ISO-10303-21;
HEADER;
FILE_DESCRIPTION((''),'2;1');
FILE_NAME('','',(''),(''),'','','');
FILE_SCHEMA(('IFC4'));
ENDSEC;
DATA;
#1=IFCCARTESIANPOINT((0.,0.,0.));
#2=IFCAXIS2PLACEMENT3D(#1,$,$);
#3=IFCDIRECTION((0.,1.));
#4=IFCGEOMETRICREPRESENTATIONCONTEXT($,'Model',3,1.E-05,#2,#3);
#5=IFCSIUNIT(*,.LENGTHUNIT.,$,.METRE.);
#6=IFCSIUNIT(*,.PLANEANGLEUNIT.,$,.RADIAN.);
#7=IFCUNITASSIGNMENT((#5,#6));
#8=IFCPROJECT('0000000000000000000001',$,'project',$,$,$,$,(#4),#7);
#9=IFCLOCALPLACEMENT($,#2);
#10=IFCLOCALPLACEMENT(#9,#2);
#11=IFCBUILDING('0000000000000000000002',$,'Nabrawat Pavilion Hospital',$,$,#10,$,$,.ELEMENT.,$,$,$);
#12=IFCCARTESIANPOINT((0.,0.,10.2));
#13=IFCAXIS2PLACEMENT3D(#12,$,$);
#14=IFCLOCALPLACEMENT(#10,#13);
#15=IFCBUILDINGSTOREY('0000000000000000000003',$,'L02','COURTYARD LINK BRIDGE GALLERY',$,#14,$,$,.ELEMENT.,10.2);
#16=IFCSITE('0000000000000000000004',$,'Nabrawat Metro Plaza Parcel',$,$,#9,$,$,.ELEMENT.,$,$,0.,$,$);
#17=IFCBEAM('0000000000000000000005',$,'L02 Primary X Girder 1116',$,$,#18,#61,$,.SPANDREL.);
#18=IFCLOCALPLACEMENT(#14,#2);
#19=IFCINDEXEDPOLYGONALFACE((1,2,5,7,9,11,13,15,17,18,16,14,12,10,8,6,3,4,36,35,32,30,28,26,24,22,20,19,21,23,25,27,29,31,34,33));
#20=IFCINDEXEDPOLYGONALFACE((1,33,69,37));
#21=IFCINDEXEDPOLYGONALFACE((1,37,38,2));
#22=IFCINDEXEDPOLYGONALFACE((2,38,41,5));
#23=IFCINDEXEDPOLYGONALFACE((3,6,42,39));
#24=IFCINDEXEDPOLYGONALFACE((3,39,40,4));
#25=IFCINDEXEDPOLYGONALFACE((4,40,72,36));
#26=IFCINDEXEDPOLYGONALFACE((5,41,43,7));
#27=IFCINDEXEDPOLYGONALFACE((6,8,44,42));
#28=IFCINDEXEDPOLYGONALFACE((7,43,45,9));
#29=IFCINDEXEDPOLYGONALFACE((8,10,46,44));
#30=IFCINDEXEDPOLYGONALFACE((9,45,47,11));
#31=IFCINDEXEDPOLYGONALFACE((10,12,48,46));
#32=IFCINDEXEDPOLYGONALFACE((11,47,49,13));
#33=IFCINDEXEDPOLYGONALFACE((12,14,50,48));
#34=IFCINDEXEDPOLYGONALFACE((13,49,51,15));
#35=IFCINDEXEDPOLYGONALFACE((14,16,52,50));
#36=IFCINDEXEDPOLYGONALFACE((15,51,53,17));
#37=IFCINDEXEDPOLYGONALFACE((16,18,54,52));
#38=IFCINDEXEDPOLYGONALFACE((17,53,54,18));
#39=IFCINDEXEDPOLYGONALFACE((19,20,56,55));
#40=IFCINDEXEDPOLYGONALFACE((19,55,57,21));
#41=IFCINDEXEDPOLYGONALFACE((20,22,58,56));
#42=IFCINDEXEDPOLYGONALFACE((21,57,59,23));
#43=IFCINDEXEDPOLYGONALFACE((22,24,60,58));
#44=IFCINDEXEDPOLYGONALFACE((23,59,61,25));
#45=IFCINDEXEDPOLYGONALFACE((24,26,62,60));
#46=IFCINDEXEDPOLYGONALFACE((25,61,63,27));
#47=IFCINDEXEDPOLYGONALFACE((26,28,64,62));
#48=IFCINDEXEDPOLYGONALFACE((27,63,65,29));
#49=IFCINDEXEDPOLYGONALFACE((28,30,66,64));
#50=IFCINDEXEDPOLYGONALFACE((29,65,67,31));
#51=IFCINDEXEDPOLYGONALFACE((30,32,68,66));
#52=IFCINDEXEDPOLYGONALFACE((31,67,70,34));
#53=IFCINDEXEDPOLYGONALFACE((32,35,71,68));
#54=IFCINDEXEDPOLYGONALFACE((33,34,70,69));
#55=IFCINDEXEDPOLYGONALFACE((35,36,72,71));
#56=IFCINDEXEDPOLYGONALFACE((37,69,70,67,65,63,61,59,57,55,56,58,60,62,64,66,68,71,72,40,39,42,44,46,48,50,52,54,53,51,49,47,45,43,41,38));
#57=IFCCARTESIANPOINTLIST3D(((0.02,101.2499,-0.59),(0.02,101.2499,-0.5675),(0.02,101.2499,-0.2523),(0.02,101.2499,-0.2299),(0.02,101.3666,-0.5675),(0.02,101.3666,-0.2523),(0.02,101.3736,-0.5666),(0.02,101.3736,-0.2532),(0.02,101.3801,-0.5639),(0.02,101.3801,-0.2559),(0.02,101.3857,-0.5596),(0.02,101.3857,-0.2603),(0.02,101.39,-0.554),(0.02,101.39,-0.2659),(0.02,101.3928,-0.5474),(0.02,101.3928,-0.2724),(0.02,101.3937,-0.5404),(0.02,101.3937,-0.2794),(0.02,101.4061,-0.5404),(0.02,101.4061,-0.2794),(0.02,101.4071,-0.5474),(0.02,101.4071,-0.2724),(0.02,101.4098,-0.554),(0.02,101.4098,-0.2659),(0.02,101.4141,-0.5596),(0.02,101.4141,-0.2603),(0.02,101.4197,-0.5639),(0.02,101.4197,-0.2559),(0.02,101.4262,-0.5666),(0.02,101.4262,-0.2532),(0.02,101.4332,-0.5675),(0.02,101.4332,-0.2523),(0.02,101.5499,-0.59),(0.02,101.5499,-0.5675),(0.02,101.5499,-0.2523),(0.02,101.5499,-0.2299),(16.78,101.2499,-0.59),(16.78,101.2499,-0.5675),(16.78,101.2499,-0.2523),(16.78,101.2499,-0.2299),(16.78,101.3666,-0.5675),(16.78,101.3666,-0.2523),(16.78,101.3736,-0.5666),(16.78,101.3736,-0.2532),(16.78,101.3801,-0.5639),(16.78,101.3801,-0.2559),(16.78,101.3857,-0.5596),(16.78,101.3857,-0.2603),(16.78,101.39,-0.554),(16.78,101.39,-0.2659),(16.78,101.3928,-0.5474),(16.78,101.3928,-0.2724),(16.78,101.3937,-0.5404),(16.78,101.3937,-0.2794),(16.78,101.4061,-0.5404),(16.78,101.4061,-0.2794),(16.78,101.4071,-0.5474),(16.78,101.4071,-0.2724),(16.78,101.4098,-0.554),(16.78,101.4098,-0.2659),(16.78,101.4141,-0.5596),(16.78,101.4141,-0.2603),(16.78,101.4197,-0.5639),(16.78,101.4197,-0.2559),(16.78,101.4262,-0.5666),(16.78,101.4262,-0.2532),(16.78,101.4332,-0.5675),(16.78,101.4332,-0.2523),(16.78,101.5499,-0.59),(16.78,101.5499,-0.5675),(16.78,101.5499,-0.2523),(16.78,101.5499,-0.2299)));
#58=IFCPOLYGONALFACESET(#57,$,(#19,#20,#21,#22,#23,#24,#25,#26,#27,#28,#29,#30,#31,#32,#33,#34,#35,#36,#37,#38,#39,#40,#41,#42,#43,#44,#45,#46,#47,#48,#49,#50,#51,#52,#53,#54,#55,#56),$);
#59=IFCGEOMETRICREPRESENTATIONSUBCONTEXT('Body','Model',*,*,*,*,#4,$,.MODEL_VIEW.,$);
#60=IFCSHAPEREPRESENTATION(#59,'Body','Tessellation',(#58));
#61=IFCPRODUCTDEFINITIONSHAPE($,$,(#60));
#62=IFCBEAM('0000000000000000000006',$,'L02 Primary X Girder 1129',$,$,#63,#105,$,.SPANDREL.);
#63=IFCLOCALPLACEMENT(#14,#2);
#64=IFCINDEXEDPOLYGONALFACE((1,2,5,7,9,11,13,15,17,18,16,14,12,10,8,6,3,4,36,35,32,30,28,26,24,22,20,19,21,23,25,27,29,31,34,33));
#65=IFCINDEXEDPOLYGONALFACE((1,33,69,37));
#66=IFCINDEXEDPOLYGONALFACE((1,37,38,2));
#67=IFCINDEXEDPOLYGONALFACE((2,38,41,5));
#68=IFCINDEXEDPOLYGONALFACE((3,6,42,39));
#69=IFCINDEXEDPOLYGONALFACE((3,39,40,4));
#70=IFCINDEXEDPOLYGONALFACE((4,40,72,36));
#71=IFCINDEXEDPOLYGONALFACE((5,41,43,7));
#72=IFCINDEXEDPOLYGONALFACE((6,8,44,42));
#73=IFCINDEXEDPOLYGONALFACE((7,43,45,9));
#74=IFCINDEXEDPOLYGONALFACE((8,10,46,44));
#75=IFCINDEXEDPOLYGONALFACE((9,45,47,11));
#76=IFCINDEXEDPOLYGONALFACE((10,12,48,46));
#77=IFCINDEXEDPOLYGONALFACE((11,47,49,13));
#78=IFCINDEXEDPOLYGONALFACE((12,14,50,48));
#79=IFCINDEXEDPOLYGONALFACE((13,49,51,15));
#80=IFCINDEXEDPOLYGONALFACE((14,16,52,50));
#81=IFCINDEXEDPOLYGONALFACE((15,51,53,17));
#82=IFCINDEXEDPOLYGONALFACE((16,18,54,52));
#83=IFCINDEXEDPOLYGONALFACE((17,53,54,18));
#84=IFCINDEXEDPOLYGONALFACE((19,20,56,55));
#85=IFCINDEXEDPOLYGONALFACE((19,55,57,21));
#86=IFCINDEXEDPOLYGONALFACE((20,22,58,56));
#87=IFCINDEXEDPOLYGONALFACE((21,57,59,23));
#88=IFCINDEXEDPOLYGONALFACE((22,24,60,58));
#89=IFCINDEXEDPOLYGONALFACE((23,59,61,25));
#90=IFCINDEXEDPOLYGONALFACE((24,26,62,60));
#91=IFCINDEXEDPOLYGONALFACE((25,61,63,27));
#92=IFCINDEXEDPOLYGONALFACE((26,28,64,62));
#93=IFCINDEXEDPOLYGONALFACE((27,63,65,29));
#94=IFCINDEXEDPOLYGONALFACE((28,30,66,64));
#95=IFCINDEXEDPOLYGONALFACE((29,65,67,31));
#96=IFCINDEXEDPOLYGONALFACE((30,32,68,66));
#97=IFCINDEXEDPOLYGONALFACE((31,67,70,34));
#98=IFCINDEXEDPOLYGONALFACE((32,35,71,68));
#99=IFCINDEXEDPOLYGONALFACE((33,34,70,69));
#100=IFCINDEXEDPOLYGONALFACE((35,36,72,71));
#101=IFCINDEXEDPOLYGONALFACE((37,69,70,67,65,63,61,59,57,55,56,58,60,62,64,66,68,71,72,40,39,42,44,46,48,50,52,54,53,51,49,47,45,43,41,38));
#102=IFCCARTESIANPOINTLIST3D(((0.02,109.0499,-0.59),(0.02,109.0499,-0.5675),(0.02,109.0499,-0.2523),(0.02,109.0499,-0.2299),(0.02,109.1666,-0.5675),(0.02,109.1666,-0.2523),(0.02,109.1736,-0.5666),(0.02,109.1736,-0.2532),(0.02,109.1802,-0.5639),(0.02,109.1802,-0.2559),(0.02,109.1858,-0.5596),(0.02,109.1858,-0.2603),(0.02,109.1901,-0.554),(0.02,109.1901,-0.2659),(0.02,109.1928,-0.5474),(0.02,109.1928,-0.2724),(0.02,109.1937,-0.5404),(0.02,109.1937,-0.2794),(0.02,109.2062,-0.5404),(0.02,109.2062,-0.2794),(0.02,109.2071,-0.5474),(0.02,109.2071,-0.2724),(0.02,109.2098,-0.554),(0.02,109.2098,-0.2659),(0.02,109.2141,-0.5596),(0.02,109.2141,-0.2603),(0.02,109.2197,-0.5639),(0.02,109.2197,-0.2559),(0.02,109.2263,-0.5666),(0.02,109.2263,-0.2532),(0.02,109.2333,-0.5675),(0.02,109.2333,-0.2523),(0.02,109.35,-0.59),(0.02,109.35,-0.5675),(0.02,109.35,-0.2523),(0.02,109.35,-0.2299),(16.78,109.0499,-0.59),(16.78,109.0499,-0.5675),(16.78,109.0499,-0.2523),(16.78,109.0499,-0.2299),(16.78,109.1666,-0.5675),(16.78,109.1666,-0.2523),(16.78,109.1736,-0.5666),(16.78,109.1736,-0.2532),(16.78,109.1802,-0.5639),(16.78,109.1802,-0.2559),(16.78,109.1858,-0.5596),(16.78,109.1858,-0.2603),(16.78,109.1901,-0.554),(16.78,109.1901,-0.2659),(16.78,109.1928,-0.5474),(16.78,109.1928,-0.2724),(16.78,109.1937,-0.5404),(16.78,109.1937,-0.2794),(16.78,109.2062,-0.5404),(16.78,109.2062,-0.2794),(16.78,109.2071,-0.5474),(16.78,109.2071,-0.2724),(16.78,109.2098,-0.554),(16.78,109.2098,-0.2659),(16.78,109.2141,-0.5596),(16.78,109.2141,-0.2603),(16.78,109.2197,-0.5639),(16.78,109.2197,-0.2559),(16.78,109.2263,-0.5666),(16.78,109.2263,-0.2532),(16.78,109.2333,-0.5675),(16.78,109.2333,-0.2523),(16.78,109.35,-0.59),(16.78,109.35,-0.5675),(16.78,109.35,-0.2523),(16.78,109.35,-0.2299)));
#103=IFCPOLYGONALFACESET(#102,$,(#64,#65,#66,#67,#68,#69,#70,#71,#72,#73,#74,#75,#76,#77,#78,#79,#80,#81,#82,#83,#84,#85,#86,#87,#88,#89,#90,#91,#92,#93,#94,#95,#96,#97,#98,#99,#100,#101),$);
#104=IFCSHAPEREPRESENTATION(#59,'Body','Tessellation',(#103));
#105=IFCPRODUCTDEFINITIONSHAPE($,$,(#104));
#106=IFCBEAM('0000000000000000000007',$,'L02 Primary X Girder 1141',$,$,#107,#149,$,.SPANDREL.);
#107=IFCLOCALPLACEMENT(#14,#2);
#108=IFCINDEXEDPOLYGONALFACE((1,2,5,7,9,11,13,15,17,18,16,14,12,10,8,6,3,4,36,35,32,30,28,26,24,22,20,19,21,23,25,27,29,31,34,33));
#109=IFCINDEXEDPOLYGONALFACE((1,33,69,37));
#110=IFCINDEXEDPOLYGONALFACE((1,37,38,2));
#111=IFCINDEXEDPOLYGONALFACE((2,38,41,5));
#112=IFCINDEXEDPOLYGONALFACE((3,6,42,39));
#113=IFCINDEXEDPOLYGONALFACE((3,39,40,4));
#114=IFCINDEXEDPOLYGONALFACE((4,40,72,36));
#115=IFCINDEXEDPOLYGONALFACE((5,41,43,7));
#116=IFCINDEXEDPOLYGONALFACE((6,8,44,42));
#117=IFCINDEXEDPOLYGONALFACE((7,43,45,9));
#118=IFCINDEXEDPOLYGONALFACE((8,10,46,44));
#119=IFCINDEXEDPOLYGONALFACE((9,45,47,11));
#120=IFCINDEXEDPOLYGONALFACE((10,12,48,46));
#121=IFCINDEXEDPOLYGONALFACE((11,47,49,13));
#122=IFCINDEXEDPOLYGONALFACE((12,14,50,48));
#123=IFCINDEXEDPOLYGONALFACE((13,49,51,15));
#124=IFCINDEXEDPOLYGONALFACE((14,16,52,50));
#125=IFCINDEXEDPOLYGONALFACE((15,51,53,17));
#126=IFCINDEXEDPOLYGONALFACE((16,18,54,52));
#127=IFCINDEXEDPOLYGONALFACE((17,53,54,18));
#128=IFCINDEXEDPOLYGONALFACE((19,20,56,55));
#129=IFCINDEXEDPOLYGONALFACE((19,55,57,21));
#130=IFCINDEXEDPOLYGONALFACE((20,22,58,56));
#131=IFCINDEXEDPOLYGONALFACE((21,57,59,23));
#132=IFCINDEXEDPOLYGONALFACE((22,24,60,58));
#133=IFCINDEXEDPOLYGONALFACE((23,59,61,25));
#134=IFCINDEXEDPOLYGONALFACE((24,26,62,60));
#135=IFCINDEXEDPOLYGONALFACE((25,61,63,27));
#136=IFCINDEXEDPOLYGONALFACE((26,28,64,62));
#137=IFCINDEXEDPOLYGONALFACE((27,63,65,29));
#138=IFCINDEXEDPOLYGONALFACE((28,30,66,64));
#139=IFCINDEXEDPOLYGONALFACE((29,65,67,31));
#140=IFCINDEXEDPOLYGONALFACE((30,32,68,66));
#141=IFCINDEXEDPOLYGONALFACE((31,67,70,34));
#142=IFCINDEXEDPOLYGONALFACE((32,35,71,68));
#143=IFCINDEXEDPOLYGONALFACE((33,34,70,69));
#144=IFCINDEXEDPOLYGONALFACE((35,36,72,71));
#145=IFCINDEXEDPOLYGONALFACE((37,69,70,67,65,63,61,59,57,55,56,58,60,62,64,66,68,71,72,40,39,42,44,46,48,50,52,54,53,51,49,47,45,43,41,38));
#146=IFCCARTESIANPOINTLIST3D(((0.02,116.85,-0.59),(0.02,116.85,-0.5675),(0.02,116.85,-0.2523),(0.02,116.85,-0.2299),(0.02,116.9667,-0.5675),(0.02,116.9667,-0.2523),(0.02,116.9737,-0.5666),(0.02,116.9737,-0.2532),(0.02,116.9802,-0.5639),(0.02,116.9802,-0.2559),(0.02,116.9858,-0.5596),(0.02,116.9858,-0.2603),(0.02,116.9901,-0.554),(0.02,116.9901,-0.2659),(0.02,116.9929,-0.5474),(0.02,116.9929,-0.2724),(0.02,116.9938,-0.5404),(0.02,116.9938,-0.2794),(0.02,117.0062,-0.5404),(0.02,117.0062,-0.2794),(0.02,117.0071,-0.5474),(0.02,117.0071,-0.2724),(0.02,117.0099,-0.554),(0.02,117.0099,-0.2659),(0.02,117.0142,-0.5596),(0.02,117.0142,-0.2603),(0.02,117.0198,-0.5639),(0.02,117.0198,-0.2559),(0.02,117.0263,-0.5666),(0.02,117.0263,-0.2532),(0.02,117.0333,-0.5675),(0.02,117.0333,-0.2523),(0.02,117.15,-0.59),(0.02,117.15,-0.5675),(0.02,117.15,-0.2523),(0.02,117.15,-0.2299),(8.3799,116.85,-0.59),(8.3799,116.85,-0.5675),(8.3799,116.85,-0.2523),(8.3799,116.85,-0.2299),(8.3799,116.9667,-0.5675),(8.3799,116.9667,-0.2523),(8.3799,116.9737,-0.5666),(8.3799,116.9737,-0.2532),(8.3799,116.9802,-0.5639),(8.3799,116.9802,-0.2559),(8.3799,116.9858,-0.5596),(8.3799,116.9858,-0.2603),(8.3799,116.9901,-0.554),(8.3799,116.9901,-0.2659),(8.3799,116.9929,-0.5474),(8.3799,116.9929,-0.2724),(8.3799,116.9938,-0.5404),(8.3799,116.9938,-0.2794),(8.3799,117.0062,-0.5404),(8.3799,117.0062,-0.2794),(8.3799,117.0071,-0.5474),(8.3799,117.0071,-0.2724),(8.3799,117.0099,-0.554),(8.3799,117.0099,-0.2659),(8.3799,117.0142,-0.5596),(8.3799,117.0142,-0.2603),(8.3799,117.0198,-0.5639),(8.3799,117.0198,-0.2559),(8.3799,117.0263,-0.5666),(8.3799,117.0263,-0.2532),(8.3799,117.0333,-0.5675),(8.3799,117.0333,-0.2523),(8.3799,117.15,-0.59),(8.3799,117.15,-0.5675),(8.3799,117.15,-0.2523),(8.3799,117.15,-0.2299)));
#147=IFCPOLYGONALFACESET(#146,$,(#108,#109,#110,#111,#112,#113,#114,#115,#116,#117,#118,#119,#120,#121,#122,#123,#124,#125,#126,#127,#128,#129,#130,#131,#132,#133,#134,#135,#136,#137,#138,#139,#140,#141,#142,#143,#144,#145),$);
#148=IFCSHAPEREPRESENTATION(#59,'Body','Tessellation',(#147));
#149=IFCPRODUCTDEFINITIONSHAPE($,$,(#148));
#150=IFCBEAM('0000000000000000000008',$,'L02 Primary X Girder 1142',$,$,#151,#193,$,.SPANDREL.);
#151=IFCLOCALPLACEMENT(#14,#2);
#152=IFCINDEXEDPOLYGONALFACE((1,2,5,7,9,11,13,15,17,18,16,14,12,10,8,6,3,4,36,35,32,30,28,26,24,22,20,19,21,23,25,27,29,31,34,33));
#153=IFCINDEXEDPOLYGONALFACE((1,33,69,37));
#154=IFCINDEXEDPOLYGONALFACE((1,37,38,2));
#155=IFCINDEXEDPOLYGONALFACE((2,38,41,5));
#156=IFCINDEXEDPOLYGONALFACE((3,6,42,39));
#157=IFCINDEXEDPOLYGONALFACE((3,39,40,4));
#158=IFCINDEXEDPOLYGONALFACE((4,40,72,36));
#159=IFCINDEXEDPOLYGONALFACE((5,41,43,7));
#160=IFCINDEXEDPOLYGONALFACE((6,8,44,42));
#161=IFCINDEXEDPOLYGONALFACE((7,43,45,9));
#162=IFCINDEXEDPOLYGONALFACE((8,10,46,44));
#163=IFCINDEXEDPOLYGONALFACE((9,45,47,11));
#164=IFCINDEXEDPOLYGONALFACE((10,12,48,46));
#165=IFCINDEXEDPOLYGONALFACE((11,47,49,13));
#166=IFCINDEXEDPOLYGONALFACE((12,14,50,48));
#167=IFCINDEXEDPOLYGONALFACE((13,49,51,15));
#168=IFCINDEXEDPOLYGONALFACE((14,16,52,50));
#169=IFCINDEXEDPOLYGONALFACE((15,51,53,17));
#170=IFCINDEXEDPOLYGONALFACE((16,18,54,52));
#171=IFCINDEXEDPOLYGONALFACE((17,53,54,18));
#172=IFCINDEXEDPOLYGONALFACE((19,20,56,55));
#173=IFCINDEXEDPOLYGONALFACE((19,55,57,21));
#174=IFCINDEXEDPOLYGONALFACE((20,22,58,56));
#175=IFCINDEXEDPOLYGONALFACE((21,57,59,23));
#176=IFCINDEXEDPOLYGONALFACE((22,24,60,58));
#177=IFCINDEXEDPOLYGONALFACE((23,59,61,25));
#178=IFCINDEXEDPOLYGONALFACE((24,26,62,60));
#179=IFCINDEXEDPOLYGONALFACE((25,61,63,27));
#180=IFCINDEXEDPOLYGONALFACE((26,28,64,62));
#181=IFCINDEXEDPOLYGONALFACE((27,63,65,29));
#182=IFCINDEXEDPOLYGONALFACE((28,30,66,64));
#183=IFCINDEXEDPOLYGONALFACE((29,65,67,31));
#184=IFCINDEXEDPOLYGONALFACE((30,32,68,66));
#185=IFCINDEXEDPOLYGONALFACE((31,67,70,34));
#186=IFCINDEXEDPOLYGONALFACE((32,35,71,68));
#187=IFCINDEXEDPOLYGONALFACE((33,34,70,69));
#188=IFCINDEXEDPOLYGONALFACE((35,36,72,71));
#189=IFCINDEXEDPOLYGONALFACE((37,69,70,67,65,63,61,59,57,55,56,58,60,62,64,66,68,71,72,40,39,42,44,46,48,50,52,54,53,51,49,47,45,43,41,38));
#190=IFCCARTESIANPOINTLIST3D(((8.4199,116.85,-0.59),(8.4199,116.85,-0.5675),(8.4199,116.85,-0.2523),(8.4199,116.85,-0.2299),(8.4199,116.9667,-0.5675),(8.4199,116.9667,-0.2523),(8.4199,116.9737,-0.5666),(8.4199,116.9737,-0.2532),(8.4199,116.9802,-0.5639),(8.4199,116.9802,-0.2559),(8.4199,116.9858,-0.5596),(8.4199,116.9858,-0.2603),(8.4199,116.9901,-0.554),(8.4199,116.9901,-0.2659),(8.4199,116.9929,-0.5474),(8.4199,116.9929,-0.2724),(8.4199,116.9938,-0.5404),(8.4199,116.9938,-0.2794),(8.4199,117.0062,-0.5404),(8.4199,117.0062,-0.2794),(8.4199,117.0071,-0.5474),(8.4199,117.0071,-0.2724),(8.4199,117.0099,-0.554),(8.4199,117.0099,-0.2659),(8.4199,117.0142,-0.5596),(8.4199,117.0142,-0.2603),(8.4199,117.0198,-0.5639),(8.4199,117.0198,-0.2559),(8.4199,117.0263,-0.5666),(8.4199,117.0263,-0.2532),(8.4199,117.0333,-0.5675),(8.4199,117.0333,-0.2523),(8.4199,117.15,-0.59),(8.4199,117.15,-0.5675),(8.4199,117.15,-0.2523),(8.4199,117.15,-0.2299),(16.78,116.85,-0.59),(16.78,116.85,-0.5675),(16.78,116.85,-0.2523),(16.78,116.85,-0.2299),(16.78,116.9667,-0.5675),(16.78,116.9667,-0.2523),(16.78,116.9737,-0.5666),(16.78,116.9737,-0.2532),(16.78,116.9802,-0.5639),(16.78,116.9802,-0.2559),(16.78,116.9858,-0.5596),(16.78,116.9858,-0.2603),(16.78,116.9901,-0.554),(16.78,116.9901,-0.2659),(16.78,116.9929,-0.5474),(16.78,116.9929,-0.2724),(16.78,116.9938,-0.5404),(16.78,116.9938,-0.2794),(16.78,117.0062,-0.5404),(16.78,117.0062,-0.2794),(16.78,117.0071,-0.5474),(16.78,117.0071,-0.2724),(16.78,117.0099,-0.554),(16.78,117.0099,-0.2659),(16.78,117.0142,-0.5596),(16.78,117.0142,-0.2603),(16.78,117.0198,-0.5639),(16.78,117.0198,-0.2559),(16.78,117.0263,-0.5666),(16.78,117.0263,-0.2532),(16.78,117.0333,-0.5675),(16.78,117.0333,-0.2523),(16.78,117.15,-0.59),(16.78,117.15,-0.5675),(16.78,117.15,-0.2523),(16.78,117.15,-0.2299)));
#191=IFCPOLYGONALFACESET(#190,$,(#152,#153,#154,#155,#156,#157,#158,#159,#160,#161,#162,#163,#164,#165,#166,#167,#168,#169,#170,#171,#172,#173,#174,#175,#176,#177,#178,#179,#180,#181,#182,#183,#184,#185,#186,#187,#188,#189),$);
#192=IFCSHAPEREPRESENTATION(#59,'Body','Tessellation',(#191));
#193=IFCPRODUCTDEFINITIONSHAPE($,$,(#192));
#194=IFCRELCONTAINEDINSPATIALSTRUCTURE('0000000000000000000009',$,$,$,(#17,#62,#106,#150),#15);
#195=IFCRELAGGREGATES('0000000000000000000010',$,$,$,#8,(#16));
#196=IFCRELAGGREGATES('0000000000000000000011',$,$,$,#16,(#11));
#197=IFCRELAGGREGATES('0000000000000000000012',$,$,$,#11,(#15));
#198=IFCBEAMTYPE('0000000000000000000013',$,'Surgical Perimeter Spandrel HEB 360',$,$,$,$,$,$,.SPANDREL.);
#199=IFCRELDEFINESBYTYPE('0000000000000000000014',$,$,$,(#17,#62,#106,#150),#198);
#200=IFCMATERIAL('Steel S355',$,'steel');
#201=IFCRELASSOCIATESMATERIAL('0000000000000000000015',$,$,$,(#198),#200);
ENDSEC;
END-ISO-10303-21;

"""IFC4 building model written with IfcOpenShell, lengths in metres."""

from ifc_helpers import new_model, si_unit, direction, frame, origin, origin_2d, place, context, subcontext, project, spatial, i_section, extrude, material, material_profile, profile_set, type_object, element, save


model = new_model("IFC4")

# Units and contexts
model_context = context("Model", 3, precision=1e-05, world=origin(), true_north=direction((0.0, 1.0)))
body_context = subcontext(model_context, "Body", "Model", "MODEL_VIEW")
ifc_project = project(units=[si_unit("LENGTHUNIT", "METRE"), si_unit("PLANEANGLEUNIT", "RADIAN")], contexts=[model_context])

# Site, building, storey
site_placement = place(None, origin())
site = spatial("IfcSite", under=ifc_project, at=site_placement, Name="Nabrawat Metro Plaza Parcel", CompositionType="ELEMENT", RefElevation=0.0)
building_placement = place(site_placement, origin())
building = spatial("IfcBuilding", under=site, at=building_placement, Name="Nabrawat Pavilion Hospital", CompositionType="ELEMENT")
storey_placement = place(building_placement, frame((0.0, 0.0, 10.2)))
storey = spatial("IfcBuildingStorey", under=building, at=storey_placement, Name="L02", Description="COURTYARD LINK BRIDGE GALLERY", CompositionType="ELEMENT", Elevation=10.2)

# Shared definitions
ifc_material_1 = material(Name="Steel S355", Category="steel")

# Beams
ifc_material_profile_1 = material_profile(ifc_material_1, i_section(OverallWidth=0.3, OverallDepth=0.3601, WebThickness=0.0125, FlangeThickness=0.0225, FilletRadius=0.0271, at=origin_2d()), Name="HEB 360")
ifc_profile_set_1 = profile_set([ifc_material_profile_1], Name="Steel S355")
beam_type_1 = type_object("IfcBeamType", Name="Surgical Perimeter Spandrel HEB 360", PredefinedType="SPANDREL", material=ifc_profile_set_1)
for number, where, z_axis, x_axis, name in (
    (1, (0.02, 101.3999, -0.4099), (1.0, 0.0, 0.0), (0.0, 1.0, 0.0), "L02 Primary X Girder 1116"),
    (2, (0.02, 109.2, -0.4099), (1.0, 0.0, 0.0), (0.0, 1.0, 0.0), "L02 Primary X Girder 1129"),
):
    element("IfcBeam", number, at=place(storey_placement, frame(where, z_axis=z_axis, x_axis=x_axis)), inside=storey, type_object=beam_type_1, Name=name, PredefinedType="SPANDREL", context=body_context, shape_type="SweptSolid", body=[
        extrude(i_section(OverallWidth=0.3, OverallDepth=0.3601, WebThickness=0.0125, FlangeThickness=0.0225, FilletRadius=0.0271, at=origin_2d()), origin(), (0.0, 0.0, 1.0), 16.76),
    ])
beam_1_placement = place(storey_placement, frame((0.02, 117.0, -0.4099), z_axis=(1.0, 0.0, 0.0), x_axis=(0.0, 1.0, 0.0)))
element("IfcBeam", 3, at=beam_1_placement, inside=storey, type_object=beam_type_1, Name="L02 Primary X Girder 1141", PredefinedType="SPANDREL", context=body_context, shape_type="SweptSolid", body=[
    extrude(i_section(OverallWidth=0.3, OverallDepth=0.3601, WebThickness=0.0125, FlangeThickness=0.0225, FilletRadius=0.0271, at=origin_2d()), origin(), (0.0, 0.0, 1.0), 8.3599),
])
beam_2_placement = place(storey_placement, frame((8.4199, 117.0, -0.4099), z_axis=(1.0, 0.0, 0.0), x_axis=(0.0, 1.0, 0.0)))
element("IfcBeam", 4, at=beam_2_placement, inside=storey, type_object=beam_type_1, Name="L02 Primary X Girder 1142", PredefinedType="SPANDREL", context=body_context, shape_type="SweptSolid", body=[
    extrude(i_section(OverallWidth=0.3, OverallDepth=0.3601, WebThickness=0.0125, FlangeThickness=0.0225, FilletRadius=0.0271, at=origin_2d()), origin(), (0.0, 0.0, 1.0), 8.3601),
])

save(model, "model.ifc")
